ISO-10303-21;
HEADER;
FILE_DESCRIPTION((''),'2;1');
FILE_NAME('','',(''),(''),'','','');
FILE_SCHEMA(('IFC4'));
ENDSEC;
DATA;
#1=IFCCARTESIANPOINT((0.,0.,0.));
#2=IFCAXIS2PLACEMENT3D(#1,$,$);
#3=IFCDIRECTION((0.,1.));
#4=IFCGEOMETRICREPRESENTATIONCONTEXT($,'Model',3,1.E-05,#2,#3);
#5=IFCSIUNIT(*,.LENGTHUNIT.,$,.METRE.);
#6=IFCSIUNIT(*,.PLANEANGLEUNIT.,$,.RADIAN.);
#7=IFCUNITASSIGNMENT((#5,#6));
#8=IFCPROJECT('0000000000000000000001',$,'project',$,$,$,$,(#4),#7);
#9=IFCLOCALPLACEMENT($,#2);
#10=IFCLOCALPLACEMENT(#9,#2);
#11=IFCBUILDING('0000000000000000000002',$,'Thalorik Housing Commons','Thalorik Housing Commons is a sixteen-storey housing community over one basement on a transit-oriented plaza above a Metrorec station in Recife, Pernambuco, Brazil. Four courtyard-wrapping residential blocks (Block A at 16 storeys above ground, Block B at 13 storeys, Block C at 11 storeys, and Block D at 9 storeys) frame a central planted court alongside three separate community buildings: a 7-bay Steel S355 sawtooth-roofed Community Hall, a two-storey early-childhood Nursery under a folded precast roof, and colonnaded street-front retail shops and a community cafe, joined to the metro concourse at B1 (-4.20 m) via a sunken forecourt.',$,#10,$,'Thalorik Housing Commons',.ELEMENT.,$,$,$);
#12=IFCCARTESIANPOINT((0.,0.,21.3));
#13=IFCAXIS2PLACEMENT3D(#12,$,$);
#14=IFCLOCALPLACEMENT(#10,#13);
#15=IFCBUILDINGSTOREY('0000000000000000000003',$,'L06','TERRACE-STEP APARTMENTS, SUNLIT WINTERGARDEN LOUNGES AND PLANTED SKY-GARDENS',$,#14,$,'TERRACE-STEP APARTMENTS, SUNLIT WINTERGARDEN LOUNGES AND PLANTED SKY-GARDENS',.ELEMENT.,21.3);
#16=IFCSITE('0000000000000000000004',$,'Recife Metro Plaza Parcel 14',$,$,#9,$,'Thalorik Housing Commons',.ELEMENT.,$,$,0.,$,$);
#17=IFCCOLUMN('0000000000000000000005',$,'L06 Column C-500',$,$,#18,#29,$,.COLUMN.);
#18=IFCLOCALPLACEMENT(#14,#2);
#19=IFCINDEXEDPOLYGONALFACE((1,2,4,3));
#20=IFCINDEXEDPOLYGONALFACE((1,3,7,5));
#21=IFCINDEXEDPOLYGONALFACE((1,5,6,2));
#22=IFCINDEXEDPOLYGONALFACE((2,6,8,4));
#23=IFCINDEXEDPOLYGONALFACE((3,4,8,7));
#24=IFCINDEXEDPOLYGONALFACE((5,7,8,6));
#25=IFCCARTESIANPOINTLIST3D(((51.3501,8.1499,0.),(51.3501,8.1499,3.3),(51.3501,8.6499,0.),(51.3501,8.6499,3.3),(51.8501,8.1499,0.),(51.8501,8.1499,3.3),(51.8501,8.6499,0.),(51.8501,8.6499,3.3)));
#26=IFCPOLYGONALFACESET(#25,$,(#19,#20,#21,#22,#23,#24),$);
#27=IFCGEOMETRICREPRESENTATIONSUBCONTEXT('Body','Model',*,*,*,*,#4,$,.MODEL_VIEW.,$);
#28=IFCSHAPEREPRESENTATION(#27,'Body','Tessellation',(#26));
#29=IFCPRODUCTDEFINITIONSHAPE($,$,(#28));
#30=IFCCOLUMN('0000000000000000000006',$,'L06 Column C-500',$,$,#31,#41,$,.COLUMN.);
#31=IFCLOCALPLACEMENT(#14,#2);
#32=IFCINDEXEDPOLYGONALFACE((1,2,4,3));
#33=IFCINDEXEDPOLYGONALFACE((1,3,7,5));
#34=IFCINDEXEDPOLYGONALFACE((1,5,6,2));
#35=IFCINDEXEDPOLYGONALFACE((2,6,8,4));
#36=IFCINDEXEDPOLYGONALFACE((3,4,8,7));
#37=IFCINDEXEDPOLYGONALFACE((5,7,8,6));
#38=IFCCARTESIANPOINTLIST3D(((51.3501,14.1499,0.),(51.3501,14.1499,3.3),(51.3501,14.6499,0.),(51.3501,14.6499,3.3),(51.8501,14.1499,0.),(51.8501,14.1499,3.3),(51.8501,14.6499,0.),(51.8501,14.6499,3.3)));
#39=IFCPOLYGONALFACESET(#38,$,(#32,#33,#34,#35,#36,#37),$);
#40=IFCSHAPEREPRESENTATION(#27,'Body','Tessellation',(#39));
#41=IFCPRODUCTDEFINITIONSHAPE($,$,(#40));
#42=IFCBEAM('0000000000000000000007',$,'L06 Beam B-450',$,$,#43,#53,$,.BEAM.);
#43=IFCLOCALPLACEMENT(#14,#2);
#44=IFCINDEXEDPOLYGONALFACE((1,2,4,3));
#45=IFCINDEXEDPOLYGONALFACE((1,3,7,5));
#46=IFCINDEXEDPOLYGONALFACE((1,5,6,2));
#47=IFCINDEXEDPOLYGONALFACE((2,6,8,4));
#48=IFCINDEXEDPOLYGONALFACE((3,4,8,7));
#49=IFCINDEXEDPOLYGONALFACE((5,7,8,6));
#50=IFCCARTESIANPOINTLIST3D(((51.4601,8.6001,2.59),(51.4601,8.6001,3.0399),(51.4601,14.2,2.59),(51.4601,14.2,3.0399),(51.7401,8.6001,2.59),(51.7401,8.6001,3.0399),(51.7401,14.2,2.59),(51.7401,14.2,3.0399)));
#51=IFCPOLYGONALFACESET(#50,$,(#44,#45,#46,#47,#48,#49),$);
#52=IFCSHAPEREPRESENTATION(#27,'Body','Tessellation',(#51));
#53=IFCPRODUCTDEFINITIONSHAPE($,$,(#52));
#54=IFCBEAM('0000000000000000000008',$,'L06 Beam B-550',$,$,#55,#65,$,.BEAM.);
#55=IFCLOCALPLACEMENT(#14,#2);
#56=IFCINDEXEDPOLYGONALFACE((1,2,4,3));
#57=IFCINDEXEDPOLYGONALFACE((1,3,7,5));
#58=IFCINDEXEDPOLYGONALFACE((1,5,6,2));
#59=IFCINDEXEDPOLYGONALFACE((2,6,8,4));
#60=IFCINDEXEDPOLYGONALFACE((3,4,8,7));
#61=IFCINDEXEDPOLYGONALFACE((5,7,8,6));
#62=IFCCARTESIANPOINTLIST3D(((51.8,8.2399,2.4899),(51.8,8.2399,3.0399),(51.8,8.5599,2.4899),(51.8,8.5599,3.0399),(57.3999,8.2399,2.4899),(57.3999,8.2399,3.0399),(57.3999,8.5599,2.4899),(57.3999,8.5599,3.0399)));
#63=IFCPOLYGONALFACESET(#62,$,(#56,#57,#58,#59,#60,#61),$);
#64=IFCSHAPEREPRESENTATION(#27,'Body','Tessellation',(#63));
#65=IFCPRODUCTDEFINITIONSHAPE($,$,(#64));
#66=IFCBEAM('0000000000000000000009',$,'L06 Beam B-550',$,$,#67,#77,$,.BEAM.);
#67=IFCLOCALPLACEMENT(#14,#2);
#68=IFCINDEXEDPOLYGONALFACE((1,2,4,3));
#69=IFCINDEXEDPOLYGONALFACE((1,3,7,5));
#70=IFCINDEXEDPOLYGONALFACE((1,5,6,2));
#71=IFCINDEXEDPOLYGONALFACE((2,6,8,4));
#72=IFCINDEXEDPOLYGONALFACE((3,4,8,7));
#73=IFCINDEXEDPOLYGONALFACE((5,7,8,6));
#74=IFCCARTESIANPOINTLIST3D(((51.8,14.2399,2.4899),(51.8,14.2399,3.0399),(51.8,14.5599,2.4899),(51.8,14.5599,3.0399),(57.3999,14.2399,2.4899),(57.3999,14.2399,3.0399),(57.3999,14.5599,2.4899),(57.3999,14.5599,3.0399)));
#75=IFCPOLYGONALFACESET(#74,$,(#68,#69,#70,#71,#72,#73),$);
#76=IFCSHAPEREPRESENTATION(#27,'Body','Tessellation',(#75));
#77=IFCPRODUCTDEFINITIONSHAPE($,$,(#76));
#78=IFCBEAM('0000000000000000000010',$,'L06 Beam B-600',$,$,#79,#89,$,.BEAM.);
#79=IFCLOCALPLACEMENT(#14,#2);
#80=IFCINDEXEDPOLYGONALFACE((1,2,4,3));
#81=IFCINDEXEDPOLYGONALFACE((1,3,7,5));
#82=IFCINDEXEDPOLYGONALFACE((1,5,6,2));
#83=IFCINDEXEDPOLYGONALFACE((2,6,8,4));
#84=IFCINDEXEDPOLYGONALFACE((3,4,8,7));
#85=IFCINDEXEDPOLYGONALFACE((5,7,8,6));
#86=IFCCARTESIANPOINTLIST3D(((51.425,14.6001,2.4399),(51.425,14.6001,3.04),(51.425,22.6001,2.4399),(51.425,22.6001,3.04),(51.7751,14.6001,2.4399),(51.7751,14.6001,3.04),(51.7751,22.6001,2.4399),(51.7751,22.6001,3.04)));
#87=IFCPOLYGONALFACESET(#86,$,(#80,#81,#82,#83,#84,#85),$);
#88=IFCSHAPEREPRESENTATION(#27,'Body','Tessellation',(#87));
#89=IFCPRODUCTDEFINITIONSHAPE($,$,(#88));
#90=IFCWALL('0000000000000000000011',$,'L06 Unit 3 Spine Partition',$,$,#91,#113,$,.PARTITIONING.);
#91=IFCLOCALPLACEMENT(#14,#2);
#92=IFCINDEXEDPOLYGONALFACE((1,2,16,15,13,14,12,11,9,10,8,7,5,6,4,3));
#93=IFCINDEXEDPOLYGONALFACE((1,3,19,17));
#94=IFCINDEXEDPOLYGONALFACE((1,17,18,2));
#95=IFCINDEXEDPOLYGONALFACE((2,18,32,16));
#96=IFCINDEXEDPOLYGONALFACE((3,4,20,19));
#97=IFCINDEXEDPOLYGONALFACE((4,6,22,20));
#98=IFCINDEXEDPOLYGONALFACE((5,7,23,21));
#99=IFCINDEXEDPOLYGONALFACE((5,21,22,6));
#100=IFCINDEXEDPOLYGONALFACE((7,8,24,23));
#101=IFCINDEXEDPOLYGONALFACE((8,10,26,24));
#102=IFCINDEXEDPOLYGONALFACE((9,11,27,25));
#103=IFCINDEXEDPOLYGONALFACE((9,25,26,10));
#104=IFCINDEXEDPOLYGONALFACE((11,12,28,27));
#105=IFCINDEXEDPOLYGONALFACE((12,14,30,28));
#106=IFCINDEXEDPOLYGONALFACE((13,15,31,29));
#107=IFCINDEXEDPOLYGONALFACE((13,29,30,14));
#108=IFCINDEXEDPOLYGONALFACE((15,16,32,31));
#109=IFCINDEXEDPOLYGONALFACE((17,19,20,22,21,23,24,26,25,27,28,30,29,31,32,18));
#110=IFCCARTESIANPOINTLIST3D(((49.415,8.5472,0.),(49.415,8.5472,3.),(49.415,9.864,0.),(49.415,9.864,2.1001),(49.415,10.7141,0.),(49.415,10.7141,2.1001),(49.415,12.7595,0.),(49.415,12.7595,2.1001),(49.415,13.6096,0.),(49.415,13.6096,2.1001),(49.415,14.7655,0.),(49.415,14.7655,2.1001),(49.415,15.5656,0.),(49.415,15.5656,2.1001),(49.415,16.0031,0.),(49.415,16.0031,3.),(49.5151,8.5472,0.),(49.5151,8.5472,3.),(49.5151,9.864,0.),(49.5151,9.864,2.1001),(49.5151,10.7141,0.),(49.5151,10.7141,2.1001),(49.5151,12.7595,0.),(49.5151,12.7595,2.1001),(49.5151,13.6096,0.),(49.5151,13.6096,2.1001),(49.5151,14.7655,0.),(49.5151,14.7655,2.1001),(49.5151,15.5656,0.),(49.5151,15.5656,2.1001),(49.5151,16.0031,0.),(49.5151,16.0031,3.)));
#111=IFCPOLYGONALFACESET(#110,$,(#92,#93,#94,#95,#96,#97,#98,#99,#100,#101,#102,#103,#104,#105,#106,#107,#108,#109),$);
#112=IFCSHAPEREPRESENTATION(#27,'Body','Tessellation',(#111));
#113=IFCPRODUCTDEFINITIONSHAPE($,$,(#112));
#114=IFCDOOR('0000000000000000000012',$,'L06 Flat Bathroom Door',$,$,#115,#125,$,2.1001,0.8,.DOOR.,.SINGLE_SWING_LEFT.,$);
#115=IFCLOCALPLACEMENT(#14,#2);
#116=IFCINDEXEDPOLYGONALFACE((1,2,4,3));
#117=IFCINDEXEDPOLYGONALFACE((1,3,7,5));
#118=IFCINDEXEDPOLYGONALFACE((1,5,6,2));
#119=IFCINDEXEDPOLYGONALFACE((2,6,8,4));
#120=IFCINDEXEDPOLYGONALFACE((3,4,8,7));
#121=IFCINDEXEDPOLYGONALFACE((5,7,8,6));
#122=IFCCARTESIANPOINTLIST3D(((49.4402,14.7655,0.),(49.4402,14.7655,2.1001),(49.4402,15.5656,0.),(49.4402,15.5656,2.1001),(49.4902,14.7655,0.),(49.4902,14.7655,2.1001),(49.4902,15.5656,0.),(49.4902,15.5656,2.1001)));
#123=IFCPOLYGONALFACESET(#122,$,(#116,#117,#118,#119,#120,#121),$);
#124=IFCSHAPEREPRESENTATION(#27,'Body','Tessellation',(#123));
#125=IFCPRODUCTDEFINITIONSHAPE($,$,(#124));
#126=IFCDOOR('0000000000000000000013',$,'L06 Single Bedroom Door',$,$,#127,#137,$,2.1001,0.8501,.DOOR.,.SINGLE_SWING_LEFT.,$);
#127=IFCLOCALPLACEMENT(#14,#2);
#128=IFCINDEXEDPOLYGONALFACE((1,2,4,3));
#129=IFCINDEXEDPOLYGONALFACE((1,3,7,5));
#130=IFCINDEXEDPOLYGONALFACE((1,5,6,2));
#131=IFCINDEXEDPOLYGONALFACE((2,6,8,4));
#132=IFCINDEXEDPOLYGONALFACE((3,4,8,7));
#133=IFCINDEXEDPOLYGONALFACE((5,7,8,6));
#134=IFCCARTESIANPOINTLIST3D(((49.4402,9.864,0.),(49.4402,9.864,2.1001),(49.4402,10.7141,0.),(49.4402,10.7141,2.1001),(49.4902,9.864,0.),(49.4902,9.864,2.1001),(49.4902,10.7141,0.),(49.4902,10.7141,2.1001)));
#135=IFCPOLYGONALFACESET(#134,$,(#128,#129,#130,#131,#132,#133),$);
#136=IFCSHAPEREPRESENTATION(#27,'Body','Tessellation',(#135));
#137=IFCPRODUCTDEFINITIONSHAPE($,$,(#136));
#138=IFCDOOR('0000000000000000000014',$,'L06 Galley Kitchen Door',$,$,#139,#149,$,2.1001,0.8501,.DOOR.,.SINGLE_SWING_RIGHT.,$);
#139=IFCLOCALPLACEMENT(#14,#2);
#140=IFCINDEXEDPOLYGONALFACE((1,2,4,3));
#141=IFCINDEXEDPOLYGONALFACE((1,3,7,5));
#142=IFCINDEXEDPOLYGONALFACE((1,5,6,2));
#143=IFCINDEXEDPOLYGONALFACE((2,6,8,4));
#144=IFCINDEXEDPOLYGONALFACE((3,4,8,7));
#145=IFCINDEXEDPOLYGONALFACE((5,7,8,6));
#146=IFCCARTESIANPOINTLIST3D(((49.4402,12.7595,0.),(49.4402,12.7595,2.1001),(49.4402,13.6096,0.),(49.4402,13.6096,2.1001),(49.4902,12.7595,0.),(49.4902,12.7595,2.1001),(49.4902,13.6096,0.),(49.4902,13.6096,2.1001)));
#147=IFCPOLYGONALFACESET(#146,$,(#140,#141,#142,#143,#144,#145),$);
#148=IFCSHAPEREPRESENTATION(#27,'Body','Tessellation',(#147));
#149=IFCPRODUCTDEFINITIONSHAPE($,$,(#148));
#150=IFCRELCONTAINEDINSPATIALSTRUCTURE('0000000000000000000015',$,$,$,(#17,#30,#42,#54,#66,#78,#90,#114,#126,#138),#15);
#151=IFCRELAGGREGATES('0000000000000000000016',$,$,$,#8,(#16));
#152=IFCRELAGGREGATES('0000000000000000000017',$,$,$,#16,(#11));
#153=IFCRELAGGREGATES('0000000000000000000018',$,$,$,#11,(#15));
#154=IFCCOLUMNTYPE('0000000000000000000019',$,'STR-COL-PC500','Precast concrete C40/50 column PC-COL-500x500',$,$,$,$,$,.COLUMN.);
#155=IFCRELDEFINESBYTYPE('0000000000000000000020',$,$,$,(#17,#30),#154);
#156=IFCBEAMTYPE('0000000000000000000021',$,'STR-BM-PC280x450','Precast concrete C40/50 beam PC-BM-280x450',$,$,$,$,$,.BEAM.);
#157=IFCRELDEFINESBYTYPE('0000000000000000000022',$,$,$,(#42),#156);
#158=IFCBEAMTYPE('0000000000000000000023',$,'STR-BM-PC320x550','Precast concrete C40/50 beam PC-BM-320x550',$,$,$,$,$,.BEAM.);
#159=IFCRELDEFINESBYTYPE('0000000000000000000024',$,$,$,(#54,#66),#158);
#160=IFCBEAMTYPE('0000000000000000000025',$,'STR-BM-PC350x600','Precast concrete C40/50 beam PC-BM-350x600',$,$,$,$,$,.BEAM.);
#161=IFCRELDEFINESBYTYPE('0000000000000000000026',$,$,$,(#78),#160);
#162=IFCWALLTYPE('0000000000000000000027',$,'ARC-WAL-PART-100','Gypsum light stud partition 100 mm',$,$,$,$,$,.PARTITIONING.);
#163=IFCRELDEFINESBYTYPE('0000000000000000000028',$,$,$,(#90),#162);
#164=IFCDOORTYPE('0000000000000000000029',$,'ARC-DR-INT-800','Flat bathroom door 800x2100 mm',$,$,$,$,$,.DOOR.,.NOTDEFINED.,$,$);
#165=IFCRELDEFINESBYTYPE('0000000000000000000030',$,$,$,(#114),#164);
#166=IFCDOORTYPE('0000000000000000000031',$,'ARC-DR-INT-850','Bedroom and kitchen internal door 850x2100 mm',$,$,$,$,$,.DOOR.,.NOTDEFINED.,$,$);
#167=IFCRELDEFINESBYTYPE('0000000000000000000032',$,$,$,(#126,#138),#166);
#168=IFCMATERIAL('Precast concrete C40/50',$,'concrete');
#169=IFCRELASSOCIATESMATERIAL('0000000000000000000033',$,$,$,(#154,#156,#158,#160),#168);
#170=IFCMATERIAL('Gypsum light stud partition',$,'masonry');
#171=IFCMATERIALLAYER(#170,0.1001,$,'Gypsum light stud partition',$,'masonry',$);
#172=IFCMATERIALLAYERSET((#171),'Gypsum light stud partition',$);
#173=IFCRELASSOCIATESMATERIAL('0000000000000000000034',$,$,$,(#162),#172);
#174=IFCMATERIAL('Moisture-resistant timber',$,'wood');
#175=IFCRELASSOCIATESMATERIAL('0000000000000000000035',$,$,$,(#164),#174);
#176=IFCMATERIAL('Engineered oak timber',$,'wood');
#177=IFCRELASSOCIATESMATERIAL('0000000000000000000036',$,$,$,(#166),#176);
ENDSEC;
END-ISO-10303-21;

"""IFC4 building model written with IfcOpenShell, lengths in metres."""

from ifc_helpers import new_model, si_unit, direction, frame, frame_2d, origin, origin_2d, place, context, subcontext, project, spatial, rectangle, extrude, material, layer, layer_set, material_profile, profile_set, type_object, element, fill, save


model = new_model("IFC4")

# Units and contexts
model_context = context("Model", 3, precision=1e-05, world=origin(), true_north=direction((0.0, 1.0)))
body_context = subcontext(model_context, "Body", "Model", "MODEL_VIEW")
ifc_project = project(units=[si_unit("LENGTHUNIT", "METRE"), si_unit("PLANEANGLEUNIT", "RADIAN")], contexts=[model_context])

# Site, building, storey
site_placement = place(None, origin())
site = spatial("IfcSite", under=ifc_project, at=site_placement, Name="Recife Metro Plaza Parcel 14", LongName="Thalorik Housing Commons", CompositionType="ELEMENT", RefElevation=0.0)
building_placement = place(site_placement, origin())
building = spatial("IfcBuilding", under=site, at=building_placement, Name="Thalorik Housing Commons", Description="Thalorik Housing Commons is a sixteen-storey housing community over one basement on a transit-oriented plaza above a Metrorec station in Recife, Pernambuco, Brazil. Four courtyard-wrapping residential blocks (Block A at 16 storeys above ground, Block B at 13 storeys, Block C at 11 storeys, and Block D at 9 storeys) frame a central planted court alongside three separate community buildings: a 7-bay Steel S355 sawtooth-roofed Community Hall, a two-storey early-childhood Nursery under a folded precast roof, and colonnaded street-front retail shops and a community cafe, joined to the metro concourse at B1 (-4.20 m) via a sunken forecourt.", LongName="Thalorik Housing Commons", CompositionType="ELEMENT")
storey_placement = place(building_placement, frame((0.0, 0.0, 21.3)))
storey = spatial("IfcBuildingStorey", under=building, at=storey_placement, Name="L06", Description="TERRACE-STEP APARTMENTS, SUNLIT WINTERGARDEN LOUNGES AND PLANTED SKY-GARDENS", LongName="TERRACE-STEP APARTMENTS, SUNLIT WINTERGARDEN LOUNGES AND PLANTED SKY-GARDENS", CompositionType="ELEMENT", Elevation=21.3)

# Columns
ifc_material_1 = material(Name="Precast concrete C40/50", Category="concrete")
ifc_material_profile_1 = material_profile(ifc_material_1, rectangle(XDim=0.5, YDim=0.5, at=origin_2d()), Name="PC 500x500", Category="concrete")
ifc_profile_set_1 = profile_set([ifc_material_profile_1], Name="Precast concrete C40/50")
column_type = type_object("IfcColumnType", Name="STR-COL-PC500", Description="Precast concrete C40/50 column PC-COL-500x500", PredefinedType="COLUMN", material=ifc_profile_set_1)
for number, where, z_axis, x_axis, name in (
    (1, (51.6001, 8.3999, 0.0), (0.0, 0.0, 1.0), (1.0, 0.0, 0.0), "L06 Column C-500"),
    (2, (51.6001, 14.3999, 0.0), (0.0, 0.0, 1.0), (1.0, 0.0, 0.0), "L06 Column C-500"),
):
    element("IfcColumn", number, at=place(storey_placement, frame(where, z_axis=z_axis, x_axis=x_axis)), inside=storey, type_object=column_type, Name=name, PredefinedType="COLUMN", context=body_context, shape_type="SweptSolid", body=[
        extrude(rectangle(XDim=0.5, YDim=0.5, at=origin_2d()), origin(), (0.0, 0.0, 1.0), 3.3),
    ])

# Beams
ifc_material_profile_2 = material_profile(ifc_material_1, rectangle(XDim=0.28, YDim=0.45, at=origin_2d()), Name="PC 280x450", Category="concrete")
ifc_profile_set_2 = profile_set([ifc_material_profile_2], Name="Precast concrete C40/50")
beam_type_1 = type_object("IfcBeamType", Name="STR-BM-PC280x450", Description="Precast concrete C40/50 beam PC-BM-280x450", PredefinedType="BEAM", material=ifc_profile_set_2)
beam_1_placement = place(storey_placement, frame((51.6001, 8.6001, 2.8149), z_axis=(0.0, 1.0, 0.0), x_axis=(-1.0, 0.0, 0.0)))
element("IfcBeam", 3, at=beam_1_placement, inside=storey, type_object=beam_type_1, Name="L06 Beam B-450", PredefinedType="BEAM", context=body_context, shape_type="SweptSolid", body=[
    extrude(rectangle(XDim=0.28, YDim=0.45, at=origin_2d()), origin(), (0.0, 0.0, 1.0), 5.5999),
])
ifc_material_profile_3 = material_profile(ifc_material_1, rectangle(XDim=0.3201, YDim=0.55, at=origin_2d()), Name="PC 320x550", Category="concrete")
ifc_profile_set_3 = profile_set([ifc_material_profile_3], Name="Precast concrete C40/50")
beam_type_2 = type_object("IfcBeamType", Name="STR-BM-PC320x550", Description="Precast concrete C40/50 beam PC-BM-320x550", PredefinedType="BEAM", material=ifc_profile_set_3)
for number, where, z_axis, x_axis, name in (
    (4, (51.8, 8.3999, 2.7649), (1.0, 0.0, 0.0), (0.0, 1.0, 0.0), "L06 Beam B-550"),
    (5, (51.8, 14.3999, 2.7649), (1.0, 0.0, 0.0), (0.0, 1.0, 0.0), "L06 Beam B-550"),
):
    element("IfcBeam", number, at=place(storey_placement, frame(where, z_axis=z_axis, x_axis=x_axis)), inside=storey, type_object=beam_type_2, Name=name, PredefinedType="BEAM", context=body_context, shape_type="SweptSolid", body=[
        extrude(rectangle(XDim=0.3201, YDim=0.55, at=origin_2d()), origin(), (0.0, 0.0, 1.0), 5.5999),
    ])
ifc_material_profile_4 = material_profile(ifc_material_1, rectangle(XDim=0.3501, YDim=0.6001, at=origin_2d()), Name="PC 350x600", Category="concrete")
ifc_profile_set_4 = profile_set([ifc_material_profile_4], Name="Precast concrete C40/50")
beam_type_3 = type_object("IfcBeamType", Name="STR-BM-PC350x600", Description="Precast concrete C40/50 beam PC-BM-350x600", PredefinedType="BEAM", material=ifc_profile_set_4)
beam_2_placement = place(storey_placement, frame((51.6001, 14.6001, 2.74), z_axis=(0.0, 1.0, 0.0), x_axis=(-1.0, 0.0, 0.0)))
element("IfcBeam", 6, at=beam_2_placement, inside=storey, type_object=beam_type_3, Name="L06 Beam B-600", PredefinedType="BEAM", context=body_context, shape_type="SweptSolid", body=[
    extrude(rectangle(XDim=0.3501, YDim=0.6001, at=origin_2d()), origin(), (0.0, 0.0, 1.0), 8.0),
])

# Wall, openings, doors
ifc_material_2 = material(Name="Gypsum light stud partition", Category="masonry")
ifc_layer_1 = layer(ifc_material_2, 0.1001, Name="Gypsum light stud partition", Category="masonry")
ifc_layer_set_1 = layer_set([ifc_layer_1], Name="Gypsum light stud partition")
wall_type_1 = type_object("IfcWallType", Name="ARC-WAL-PART-100", Description="Gypsum light stud partition 100 mm", PredefinedType="PARTITIONING", material=ifc_layer_set_1)
wall_1_placement = place(storey_placement, frame((49.4651, 8.5471, 0.0), z_axis=(0.0, 0.0, 1.0), x_axis=(0.0, 1.0, 0.0)))
wall_1 = element("IfcWall", 7, at=wall_1_placement, inside=storey, type_object=wall_type_1, Name="L06 Unit 3 Spine Partition", PredefinedType="PARTITIONING", context=body_context, shape_type="SweptSolid", body=[
    extrude(rectangle(XDim=7.4558, YDim=0.1001, at=frame_2d((3.728, 0.0))), origin(), (0.0, 0.0, 1.0), 3.0),
])
opening_1_placement = place(wall_1_placement, frame((1.3169, 0.0, 0.0)))
opening_1 = element("IfcOpeningElement", 8, at=opening_1_placement, cuts=wall_1, PredefinedType="OPENING", context=body_context, shape_type="SweptSolid", body=[
    extrude(rectangle(XDim=0.8501, YDim=2.1001, at=frame_2d((0.425, 1.05))), frame((0.0, 0.0601, 0.0), z_axis=(0.0, -1.0, 0.0), x_axis=(1.0, 0.0, 0.0)), (0.0, 0.0, 1.0), 0.1201),
])
opening_2_placement = place(wall_1_placement, frame((4.2124, 0.0, 0.0)))
opening_2 = element("IfcOpeningElement", 9, at=opening_2_placement, cuts=wall_1, PredefinedType="OPENING", context=body_context, shape_type="SweptSolid", body=[
    extrude(rectangle(XDim=0.8501, YDim=2.1001, at=frame_2d((0.425, 1.05))), frame((0.0, 0.0601, 0.0), z_axis=(0.0, -1.0, 0.0), x_axis=(1.0, 0.0, 0.0)), (0.0, 0.0, 1.0), 0.1201),
])
opening_3_placement = place(wall_1_placement, frame((6.2185, 0.0, 0.0)))
opening_3 = element("IfcOpeningElement", 10, at=opening_3_placement, cuts=wall_1, PredefinedType="OPENING", context=body_context, shape_type="SweptSolid", body=[
    extrude(rectangle(XDim=0.8, YDim=2.1001, at=frame_2d((0.3999, 1.05))), frame((0.0, 0.0601, 0.0), z_axis=(0.0, -1.0, 0.0), x_axis=(1.0, 0.0, 0.0)), (0.0, 0.0, 1.0), 0.1201),
])
ifc_material_3 = material(Name="Moisture-resistant timber", Category="wood")
door_type_1 = type_object("IfcDoorType", Name="ARC-DR-INT-800", Description="Flat bathroom door 800x2100 mm", OperationType="NOTDEFINED", PredefinedType="DOOR", material=ifc_material_3)
door_1_placement = place(opening_3_placement, origin())
door_1 = element("IfcDoor", 11, at=door_1_placement, inside=storey, type_object=door_type_1, Name="L06 Flat Bathroom Door", OperationType="SINGLE_SWING_LEFT", OverallHeight=2.1001, OverallWidth=0.8, PredefinedType="DOOR", context=body_context, shape_type="SweptSolid", body=[
    extrude(rectangle(XDim=0.8, YDim=2.1001, at=frame_2d((0.3999, 1.05))), frame((0.0, 0.0249, 0.0), z_axis=(0.0, -1.0, 0.0), x_axis=(1.0, 0.0, 0.0)), (0.0, 0.0, 1.0), 0.05),
])
fill(opening_3, door_1)
ifc_material_4 = material(Name="Engineered oak timber", Category="wood")
door_type_2 = type_object("IfcDoorType", Name="ARC-DR-INT-850", Description="Bedroom and kitchen internal door 850x2100 mm", OperationType="NOTDEFINED", PredefinedType="DOOR", material=ifc_material_4)
door_2_placement = place(opening_1_placement, origin())
door_2 = element("IfcDoor", 12, at=door_2_placement, inside=storey, type_object=door_type_2, Name="L06 Single Bedroom Door", OperationType="SINGLE_SWING_LEFT", OverallHeight=2.1001, OverallWidth=0.8501, PredefinedType="DOOR", context=body_context, shape_type="SweptSolid", body=[
    extrude(rectangle(XDim=0.8501, YDim=2.1001, at=frame_2d((0.425, 1.05))), frame((0.0, 0.0249, 0.0), z_axis=(0.0, -1.0, 0.0), x_axis=(1.0, 0.0, 0.0)), (0.0, 0.0, 1.0), 0.05),
])
fill(opening_1, door_2)
door_3_placement = place(opening_2_placement, origin())
door_3 = element("IfcDoor", 13, at=door_3_placement, inside=storey, type_object=door_type_2, Name="L06 Galley Kitchen Door", OperationType="SINGLE_SWING_RIGHT", OverallHeight=2.1001, OverallWidth=0.8501, PredefinedType="DOOR", context=body_context, shape_type="SweptSolid", body=[
    extrude(rectangle(XDim=0.8501, YDim=2.1001, at=frame_2d((0.425, 1.05))), frame((0.0, 0.0249, 0.0), z_axis=(0.0, -1.0, 0.0), x_axis=(1.0, 0.0, 0.0)), (0.0, 0.0, 1.0), 0.05),
])
fill(opening_2, door_3)

save(model, "model.ifc")
